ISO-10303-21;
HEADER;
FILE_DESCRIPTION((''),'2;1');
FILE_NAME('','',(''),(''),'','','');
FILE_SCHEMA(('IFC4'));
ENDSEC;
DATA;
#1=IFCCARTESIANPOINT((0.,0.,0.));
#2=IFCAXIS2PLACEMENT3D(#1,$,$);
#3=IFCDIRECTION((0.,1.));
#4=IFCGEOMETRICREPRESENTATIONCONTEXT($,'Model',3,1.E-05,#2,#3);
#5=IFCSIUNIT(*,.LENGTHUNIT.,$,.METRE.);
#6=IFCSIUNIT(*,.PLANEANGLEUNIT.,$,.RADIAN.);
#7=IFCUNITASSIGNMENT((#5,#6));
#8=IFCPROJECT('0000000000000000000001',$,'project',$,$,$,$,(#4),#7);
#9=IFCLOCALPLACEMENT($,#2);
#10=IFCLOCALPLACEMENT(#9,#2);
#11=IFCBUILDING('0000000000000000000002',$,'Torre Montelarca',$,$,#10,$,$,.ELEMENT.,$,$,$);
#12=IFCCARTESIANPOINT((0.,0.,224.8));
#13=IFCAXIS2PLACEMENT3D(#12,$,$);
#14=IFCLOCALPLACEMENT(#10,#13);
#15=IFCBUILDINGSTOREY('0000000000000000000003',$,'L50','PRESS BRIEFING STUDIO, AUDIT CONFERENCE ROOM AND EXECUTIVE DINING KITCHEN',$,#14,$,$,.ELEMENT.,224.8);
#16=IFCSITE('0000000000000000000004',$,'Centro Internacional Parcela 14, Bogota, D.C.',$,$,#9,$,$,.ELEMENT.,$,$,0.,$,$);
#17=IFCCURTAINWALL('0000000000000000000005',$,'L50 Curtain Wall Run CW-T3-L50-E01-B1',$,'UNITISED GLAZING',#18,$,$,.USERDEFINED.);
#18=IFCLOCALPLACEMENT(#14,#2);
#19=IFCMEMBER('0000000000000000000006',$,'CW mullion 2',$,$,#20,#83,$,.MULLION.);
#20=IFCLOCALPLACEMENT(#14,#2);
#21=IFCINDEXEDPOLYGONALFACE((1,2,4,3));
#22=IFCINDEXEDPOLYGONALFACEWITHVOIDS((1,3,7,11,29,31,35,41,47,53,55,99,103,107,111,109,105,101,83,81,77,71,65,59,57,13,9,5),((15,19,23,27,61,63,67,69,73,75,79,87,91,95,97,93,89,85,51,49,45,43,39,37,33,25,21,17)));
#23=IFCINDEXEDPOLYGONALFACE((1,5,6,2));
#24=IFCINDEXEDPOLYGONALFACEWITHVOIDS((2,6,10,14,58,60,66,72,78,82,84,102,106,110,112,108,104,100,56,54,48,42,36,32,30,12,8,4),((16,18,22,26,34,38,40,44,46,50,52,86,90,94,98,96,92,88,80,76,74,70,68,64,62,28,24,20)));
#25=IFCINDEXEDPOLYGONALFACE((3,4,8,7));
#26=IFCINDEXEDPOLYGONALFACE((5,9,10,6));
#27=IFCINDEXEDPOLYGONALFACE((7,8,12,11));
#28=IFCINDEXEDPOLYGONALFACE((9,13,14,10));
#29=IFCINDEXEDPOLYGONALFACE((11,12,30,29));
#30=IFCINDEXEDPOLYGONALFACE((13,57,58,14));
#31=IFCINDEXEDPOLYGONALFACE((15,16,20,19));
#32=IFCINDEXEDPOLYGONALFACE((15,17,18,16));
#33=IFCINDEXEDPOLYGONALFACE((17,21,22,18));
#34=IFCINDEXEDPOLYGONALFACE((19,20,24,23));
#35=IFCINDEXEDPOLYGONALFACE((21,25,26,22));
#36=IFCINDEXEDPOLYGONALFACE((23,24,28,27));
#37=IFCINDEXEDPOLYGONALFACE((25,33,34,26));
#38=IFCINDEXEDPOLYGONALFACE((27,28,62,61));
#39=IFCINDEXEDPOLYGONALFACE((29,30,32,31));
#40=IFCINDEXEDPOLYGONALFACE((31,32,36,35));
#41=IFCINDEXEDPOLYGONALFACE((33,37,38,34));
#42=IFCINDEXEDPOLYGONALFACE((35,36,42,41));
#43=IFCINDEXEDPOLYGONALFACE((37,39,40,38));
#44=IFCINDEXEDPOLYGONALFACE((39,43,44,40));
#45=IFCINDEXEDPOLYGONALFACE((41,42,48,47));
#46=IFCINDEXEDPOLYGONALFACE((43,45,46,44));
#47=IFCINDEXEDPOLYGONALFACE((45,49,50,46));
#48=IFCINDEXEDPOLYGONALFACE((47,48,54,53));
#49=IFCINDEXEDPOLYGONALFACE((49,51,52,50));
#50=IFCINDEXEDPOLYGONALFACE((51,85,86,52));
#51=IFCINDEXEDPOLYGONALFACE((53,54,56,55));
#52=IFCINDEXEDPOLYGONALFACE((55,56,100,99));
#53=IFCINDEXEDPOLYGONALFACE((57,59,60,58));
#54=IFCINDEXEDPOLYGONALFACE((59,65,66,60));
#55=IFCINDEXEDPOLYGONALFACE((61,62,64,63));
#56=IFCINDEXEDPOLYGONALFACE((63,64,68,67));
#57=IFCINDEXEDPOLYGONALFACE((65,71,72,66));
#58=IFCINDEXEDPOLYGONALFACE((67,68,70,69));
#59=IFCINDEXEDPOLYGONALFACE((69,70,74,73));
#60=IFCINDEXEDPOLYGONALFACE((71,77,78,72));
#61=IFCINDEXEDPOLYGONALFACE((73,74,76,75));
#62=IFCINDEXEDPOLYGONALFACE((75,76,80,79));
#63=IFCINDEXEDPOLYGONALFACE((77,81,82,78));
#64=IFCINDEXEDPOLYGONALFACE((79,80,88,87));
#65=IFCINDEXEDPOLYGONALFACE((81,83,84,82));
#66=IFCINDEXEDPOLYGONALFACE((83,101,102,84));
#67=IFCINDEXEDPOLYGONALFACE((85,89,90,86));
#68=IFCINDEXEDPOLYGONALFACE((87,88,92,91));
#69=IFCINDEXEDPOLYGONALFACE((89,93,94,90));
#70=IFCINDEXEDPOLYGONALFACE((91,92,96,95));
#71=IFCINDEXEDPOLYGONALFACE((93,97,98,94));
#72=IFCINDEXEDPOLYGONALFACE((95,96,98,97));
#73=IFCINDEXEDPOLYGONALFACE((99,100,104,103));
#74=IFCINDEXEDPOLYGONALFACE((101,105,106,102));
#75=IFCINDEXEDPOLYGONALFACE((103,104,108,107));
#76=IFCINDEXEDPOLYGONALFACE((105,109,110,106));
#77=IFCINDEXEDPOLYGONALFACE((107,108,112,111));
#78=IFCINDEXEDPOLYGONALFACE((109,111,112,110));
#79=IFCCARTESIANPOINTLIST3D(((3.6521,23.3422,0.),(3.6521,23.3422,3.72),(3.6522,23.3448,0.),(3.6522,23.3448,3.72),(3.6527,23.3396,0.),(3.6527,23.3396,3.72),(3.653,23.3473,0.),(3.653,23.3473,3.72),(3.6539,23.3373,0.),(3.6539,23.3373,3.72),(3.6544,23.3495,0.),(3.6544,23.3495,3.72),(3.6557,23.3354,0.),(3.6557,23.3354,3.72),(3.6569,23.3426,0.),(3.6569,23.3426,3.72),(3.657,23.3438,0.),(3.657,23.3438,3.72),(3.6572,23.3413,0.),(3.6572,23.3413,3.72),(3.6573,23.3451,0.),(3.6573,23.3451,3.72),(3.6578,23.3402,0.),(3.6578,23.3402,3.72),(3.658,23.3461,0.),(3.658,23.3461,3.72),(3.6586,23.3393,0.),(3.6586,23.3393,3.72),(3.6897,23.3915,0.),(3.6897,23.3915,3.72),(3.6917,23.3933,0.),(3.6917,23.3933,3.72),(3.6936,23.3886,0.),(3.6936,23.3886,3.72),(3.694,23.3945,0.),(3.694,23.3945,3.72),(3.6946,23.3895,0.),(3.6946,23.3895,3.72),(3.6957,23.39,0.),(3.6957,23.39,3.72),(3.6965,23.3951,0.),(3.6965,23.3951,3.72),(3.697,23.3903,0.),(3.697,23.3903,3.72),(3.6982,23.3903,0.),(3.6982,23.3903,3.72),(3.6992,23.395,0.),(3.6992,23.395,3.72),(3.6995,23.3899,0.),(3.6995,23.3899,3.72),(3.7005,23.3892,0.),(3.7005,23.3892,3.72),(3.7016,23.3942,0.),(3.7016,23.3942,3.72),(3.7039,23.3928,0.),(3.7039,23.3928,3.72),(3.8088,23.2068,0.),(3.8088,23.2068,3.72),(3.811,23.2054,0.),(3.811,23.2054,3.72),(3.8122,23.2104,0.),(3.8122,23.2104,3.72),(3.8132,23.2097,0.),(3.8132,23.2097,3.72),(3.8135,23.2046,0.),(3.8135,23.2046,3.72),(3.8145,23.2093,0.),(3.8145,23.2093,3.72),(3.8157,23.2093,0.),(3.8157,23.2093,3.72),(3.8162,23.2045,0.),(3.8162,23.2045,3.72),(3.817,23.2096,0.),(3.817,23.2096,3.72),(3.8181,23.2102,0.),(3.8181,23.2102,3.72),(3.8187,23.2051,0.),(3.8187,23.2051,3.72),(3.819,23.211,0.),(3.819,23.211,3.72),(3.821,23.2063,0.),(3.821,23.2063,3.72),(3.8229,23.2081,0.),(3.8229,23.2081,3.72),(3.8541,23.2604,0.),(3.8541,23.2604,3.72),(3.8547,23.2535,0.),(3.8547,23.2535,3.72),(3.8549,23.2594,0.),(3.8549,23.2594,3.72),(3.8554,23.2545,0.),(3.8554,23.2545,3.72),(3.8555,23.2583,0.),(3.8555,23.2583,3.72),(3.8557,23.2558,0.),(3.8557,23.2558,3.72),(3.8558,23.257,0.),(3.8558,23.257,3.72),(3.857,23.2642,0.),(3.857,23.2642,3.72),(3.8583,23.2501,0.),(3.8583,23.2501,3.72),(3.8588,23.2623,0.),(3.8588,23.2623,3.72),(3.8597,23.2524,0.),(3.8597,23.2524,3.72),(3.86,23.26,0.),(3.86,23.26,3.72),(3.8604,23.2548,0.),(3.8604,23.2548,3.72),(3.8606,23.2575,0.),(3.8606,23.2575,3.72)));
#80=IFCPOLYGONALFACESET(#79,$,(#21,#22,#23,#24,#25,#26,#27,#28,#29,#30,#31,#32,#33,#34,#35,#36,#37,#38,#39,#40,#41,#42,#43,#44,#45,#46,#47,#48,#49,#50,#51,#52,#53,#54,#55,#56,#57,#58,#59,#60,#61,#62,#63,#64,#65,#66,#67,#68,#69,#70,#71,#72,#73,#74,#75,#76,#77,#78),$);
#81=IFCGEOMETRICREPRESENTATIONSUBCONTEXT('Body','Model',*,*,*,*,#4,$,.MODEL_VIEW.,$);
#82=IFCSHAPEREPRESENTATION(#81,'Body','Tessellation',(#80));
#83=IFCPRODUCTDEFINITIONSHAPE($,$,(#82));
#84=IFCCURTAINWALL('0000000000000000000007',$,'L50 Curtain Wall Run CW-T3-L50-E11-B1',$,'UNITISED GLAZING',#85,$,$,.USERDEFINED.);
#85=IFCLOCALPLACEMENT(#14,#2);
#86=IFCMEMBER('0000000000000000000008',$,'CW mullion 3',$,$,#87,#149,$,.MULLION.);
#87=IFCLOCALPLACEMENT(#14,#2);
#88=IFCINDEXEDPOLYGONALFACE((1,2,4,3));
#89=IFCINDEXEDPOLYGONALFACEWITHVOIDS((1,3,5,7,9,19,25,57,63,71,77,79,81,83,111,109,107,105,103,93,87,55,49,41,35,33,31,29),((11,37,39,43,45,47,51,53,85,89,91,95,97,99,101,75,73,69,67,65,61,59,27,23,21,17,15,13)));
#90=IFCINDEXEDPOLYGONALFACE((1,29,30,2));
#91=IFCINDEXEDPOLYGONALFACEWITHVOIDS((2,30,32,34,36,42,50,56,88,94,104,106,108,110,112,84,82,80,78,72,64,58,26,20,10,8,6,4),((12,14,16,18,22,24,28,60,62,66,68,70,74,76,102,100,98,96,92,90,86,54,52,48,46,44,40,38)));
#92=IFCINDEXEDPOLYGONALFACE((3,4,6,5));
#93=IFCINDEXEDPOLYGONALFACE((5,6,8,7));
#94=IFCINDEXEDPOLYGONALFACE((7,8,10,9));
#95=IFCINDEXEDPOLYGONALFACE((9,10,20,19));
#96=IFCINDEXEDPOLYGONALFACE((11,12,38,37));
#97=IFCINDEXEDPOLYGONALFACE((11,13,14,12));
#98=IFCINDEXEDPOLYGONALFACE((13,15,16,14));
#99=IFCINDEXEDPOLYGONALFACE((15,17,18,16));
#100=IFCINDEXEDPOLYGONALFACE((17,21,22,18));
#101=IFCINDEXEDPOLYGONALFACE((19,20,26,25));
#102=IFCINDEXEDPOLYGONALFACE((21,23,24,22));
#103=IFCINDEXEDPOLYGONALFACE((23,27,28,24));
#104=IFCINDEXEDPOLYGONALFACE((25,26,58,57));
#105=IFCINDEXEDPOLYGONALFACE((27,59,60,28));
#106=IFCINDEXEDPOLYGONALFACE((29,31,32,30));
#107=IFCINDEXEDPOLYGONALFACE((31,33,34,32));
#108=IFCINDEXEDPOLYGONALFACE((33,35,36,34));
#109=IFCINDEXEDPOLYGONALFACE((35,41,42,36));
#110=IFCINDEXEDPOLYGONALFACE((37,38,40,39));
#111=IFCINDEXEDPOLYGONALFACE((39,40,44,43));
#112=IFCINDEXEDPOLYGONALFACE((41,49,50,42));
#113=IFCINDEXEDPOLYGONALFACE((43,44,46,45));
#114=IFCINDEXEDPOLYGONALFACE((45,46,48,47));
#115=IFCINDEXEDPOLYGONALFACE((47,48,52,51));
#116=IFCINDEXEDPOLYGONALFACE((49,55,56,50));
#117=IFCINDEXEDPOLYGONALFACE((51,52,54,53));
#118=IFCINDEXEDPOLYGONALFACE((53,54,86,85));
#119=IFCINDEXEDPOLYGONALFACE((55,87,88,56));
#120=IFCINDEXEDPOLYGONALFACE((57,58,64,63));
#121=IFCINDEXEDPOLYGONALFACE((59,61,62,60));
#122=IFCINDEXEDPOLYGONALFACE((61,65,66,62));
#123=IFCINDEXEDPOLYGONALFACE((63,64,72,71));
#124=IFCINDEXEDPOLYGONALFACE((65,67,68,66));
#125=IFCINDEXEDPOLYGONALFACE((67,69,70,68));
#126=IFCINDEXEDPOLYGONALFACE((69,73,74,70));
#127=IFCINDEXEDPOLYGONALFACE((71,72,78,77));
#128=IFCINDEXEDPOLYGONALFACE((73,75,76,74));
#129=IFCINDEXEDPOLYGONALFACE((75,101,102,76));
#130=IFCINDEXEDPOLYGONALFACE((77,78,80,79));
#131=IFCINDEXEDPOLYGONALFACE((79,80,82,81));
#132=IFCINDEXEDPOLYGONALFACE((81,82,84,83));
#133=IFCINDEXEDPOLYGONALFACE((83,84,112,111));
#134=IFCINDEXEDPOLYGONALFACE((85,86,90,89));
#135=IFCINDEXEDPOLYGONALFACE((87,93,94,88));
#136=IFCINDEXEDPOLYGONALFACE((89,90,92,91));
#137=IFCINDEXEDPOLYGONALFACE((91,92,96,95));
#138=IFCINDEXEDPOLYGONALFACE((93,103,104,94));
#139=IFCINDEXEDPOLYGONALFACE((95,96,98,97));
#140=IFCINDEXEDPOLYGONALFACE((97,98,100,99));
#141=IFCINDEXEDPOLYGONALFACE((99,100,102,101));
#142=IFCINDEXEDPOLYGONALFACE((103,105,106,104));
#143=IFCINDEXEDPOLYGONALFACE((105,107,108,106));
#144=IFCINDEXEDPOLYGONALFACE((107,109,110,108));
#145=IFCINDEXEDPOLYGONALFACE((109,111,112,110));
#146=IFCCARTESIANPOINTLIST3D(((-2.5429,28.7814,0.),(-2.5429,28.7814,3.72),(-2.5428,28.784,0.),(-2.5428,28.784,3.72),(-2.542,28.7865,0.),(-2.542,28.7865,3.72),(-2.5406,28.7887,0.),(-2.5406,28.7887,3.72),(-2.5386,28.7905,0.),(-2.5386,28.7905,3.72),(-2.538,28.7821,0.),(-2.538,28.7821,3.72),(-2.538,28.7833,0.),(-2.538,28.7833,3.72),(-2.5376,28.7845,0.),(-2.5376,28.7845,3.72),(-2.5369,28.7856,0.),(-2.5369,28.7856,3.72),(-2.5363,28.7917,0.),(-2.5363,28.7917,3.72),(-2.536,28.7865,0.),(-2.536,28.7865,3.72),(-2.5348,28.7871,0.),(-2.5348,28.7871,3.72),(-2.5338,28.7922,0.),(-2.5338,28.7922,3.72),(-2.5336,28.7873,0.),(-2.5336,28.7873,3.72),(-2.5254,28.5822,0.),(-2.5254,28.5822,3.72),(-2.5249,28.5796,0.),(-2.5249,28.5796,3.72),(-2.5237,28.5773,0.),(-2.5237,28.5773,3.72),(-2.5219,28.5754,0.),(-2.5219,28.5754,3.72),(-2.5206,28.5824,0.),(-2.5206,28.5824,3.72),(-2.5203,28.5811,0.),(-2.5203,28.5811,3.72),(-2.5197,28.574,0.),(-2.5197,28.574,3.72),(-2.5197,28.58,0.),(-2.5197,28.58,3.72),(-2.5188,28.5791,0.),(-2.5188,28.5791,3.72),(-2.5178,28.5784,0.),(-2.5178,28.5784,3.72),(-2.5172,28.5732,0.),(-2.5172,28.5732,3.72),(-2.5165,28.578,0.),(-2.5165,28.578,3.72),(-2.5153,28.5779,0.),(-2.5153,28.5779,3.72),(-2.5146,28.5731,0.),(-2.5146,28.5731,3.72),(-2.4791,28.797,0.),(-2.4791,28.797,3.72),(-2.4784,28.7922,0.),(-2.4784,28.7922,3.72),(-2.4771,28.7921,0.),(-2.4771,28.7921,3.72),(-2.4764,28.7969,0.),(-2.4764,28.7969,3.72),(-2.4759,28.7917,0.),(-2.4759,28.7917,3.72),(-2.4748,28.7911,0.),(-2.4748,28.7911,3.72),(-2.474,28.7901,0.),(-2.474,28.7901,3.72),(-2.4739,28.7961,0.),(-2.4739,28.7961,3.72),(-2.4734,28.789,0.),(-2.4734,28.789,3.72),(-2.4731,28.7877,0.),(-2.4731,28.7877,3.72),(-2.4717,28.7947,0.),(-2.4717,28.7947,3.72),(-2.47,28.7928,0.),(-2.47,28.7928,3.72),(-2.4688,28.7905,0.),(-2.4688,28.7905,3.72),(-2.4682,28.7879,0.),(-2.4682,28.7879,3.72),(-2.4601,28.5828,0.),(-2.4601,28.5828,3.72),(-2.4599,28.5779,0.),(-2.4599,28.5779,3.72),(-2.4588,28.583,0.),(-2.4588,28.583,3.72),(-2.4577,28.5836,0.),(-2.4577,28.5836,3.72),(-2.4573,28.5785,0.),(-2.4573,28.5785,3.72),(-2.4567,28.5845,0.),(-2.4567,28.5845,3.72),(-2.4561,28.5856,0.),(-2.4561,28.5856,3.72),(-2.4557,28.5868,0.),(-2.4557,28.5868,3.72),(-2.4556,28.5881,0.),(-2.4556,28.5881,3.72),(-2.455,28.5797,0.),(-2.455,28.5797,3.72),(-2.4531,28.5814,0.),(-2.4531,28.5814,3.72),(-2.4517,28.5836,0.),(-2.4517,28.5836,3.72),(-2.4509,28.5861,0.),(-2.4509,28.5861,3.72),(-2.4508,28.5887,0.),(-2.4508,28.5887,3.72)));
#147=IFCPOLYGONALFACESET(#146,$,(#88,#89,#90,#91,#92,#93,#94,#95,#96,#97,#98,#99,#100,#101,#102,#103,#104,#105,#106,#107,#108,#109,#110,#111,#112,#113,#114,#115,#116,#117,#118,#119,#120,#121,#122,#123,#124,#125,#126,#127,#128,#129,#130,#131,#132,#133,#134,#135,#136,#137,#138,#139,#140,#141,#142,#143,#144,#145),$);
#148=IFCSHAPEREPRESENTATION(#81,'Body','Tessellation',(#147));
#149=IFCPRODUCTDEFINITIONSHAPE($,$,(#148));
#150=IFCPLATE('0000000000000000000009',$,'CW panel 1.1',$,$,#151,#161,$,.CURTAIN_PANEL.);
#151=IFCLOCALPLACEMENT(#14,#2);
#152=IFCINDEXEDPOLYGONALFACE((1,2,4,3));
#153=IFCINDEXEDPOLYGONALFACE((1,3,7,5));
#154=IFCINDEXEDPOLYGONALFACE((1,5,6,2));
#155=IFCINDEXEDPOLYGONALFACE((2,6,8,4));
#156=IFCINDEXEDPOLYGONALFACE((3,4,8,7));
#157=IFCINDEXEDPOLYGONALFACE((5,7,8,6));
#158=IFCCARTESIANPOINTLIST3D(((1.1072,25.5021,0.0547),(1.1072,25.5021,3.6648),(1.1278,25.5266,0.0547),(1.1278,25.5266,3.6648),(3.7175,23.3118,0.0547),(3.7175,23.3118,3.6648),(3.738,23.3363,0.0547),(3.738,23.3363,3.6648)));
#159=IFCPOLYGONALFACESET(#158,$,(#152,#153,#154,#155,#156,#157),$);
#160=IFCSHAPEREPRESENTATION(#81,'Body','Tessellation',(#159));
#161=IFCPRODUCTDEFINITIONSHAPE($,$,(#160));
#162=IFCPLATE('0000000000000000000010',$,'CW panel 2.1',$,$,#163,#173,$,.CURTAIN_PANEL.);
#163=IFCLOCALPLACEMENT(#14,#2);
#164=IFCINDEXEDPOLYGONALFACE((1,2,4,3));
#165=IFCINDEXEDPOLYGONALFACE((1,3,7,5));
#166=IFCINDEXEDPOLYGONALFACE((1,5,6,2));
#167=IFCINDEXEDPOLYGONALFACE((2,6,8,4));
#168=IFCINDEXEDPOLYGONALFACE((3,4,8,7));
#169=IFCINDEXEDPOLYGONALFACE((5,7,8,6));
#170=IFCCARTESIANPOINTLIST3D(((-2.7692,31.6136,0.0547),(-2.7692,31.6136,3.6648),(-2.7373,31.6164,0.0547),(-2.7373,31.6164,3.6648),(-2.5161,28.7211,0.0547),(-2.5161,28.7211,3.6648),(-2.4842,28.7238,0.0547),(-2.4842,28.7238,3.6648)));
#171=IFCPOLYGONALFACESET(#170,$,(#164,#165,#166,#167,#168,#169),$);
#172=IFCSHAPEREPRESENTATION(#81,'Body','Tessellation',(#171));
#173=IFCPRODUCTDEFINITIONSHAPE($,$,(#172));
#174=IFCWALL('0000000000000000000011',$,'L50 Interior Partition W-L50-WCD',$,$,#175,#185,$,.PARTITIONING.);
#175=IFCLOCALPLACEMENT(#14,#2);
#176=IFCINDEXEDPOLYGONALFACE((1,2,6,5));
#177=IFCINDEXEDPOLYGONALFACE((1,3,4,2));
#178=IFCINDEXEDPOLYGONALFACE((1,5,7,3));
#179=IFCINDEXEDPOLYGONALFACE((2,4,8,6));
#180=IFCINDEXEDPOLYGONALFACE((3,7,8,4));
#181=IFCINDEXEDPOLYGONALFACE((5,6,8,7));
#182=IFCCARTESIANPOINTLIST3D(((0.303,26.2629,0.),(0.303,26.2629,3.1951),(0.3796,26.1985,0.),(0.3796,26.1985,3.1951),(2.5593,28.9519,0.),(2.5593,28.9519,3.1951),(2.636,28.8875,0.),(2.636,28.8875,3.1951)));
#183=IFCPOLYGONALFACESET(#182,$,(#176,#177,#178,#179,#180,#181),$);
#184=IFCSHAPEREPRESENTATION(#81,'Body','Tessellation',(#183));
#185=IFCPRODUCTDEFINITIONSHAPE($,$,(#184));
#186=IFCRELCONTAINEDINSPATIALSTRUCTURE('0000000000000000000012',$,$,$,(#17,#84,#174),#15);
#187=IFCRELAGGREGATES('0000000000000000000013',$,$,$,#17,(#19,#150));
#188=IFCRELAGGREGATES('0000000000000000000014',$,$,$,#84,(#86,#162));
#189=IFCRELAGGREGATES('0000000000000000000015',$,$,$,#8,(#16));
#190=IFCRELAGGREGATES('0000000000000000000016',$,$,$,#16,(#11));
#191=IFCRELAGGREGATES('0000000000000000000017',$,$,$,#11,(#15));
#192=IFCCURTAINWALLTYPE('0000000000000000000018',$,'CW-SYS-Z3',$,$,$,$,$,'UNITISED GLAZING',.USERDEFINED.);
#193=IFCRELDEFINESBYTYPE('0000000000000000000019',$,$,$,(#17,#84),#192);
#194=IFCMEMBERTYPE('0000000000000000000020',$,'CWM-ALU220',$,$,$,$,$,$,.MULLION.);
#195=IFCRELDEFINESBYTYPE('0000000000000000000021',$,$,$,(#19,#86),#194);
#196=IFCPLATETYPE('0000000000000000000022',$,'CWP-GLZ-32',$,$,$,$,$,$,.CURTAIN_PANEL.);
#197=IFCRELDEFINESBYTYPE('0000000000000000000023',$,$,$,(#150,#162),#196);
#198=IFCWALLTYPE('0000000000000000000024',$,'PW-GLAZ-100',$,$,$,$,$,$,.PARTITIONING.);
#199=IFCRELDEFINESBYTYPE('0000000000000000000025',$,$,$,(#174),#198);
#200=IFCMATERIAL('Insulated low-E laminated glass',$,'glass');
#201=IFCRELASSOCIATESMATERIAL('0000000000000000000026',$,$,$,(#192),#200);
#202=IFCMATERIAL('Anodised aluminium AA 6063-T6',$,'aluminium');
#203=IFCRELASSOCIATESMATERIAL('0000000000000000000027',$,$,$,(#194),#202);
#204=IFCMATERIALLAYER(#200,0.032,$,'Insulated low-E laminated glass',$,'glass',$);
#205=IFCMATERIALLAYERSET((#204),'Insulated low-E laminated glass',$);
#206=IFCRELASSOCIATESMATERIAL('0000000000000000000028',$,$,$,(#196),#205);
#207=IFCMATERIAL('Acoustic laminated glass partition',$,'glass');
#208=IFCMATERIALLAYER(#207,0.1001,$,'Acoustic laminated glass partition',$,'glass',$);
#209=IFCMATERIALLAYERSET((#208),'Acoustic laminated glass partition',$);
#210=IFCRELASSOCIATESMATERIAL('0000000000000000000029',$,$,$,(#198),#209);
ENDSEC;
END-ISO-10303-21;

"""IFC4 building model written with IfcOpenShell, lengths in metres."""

from ifc_helpers import new_model, si_unit, direction, frame, frame_2d, origin, origin_2d, place, context, subcontext, project, spatial, rectangle, hollow_rectangle, extrude, source, transform, mapped, material, layer, layer_set, material_profile, profile_set, type_object, element, aggregate, save


model = new_model("IFC4")

# Units and contexts
model_context = context("Model", 3, precision=1e-05, world=origin(), true_north=direction((0.0, 1.0)))
body_context = subcontext(model_context, "Body", "Model", "MODEL_VIEW")
ifc_project = project(units=[si_unit("LENGTHUNIT", "METRE"), si_unit("PLANEANGLEUNIT", "RADIAN")], contexts=[model_context])

# Site, building, storey
site_placement = place(None, origin())
site = spatial("IfcSite", under=ifc_project, at=site_placement, Name="Centro Internacional Parcela 14, Bogota, D.C.", CompositionType="ELEMENT", RefElevation=0.0)
building_placement = place(site_placement, origin())
building = spatial("IfcBuilding", under=site, at=building_placement, Name="Torre Montelarca", CompositionType="ELEMENT")
storey_placement = place(building_placement, frame((0.0, 0.0, 224.8)))
storey = spatial("IfcBuildingStorey", under=building, at=storey_placement, Name="L50", Description="PRESS BRIEFING STUDIO, AUDIT CONFERENCE ROOM AND EXECUTIVE DINING KITCHEN", CompositionType="ELEMENT", Elevation=224.8)

# Curtain wall, member
ifc_material_1 = material(Name="Insulated low-E laminated glass", Category="glass")
curtain_wall_type = type_object("IfcCurtainWallType", Name="CW-SYS-Z3", ElementType="UNITISED GLAZING", PredefinedType="USERDEFINED", material=ifc_material_1)
curtain_wall_1_placement = place(storey_placement, origin())
curtain_wall_1 = element("IfcCurtainWall", 1, at=curtain_wall_1_placement, inside=storey, type_object=curtain_wall_type, Name="L50 Curtain Wall Run CW-T3-L50-E01-B1", ObjectType="UNITISED GLAZING", PredefinedType="USERDEFINED")
ifc_material_2 = material(Name="Anodised aluminium AA 6063-T6", Category="aluminium")
ifc_material_profile_1 = material_profile(ifc_material_2, hollow_rectangle(XDim=0.075, YDim=0.22, WallThickness=0.0049, InnerFilletRadius=0.0049, OuterFilletRadius=0.01, at=origin_2d()), Name="ALU75X220X5", Category="aluminium")
ifc_profile_set_1 = profile_set([ifc_material_profile_1], Name="Anodised aluminium AA 6063-T6")
member_type_1 = type_object("IfcMemberType", Name="CWM-ALU220", PredefinedType="MULLION", material=ifc_profile_set_1)
shared_shape_1 = source(origin(), body_context, "Body", "SweptSolid", [
    extrude(hollow_rectangle(XDim=0.075, YDim=0.22, WallThickness=0.0049, InnerFilletRadius=0.0049, OuterFilletRadius=0.01, at=origin_2d()), origin(), (0.0, 0.0, 1.0), 3.72),
])
member_1_placement = place(storey_placement, frame((3.7563, 23.2998, 0.0), z_axis=(0.0, 0.0, 1.0), x_axis=(0.642789, 0.766043, 0.0)))
member_1 = element("IfcMember", 2, at=member_1_placement, type_object=member_type_1, Name="CW mullion 2", PredefinedType="MULLION", context=body_context, shape_type="MappedRepresentation", body=[
    mapped(shared_shape_1, transform((0.0, 0.0, 0.0), scale=1.0)),
])

# Curtain wall, member
curtain_wall_2_placement = place(storey_placement, origin())
curtain_wall_2 = element("IfcCurtainWall", 3, at=curtain_wall_2_placement, inside=storey, type_object=curtain_wall_type, Name="L50 Curtain Wall Run CW-T3-L50-E11-B1", ObjectType="UNITISED GLAZING", PredefinedType="USERDEFINED")
member_2_placement = place(storey_placement, frame((-2.4968, 28.6851, 0.0), z_axis=(0.0, 0.0, 1.0), x_axis=(0.996194, 0.087166, 0.0)))
member_2 = element("IfcMember", 4, at=member_2_placement, type_object=member_type_1, Name="CW mullion 3", PredefinedType="MULLION", context=body_context, shape_type="MappedRepresentation", body=[
    mapped(shared_shape_1, transform((0.0, 0.0, 0.0), scale=1.0)),
])

# Plates
ifc_layer_1 = layer(ifc_material_1, 0.032, Name="Insulated low-E laminated glass", Category="glass")
ifc_layer_set_1 = layer_set([ifc_layer_1], Name="Insulated low-E laminated glass")
plate_type = type_object("IfcPlateType", Name="CWP-GLZ-32", PredefinedType="CURTAIN_PANEL", material=ifc_layer_set_1)
shared_shape_2 = source(origin(), body_context, "Body", "SweptSolid", [
    extrude(rectangle(XDim=3.4075, YDim=0.032, at=origin_2d()), origin(), (0.0, 0.0, 1.0), 3.6101),
])
plate_1_placement = place(storey_placement, frame((2.4226, 24.4192, 0.0547), z_axis=(0.0, 0.0, 1.0), x_axis=(0.766043, -0.642789, 0.0)))
plate_1 = element("IfcPlate", 5, at=plate_1_placement, type_object=plate_type, Name="CW panel 1.1", PredefinedType="CURTAIN_PANEL", context=body_context, shape_type="MappedRepresentation", body=[
    mapped(shared_shape_2, transform((0.0, 0.0, 0.0), scale=1.0)),
])
aggregate(curtain_wall_1, [member_1, plate_1])
shared_shape_3 = source(origin(), body_context, "Body", "SweptSolid", [
    extrude(rectangle(XDim=2.9036, YDim=0.032, at=origin_2d()), origin(), (0.0, 0.0, 1.0), 3.6101),
])
plate_2_placement = place(storey_placement, frame((-2.6267, 30.1687, 0.0547), z_axis=(0.0, 0.0, 1.0), x_axis=(0.087166, -0.996194, 0.0)))
plate_2 = element("IfcPlate", 6, at=plate_2_placement, type_object=plate_type, Name="CW panel 2.1", PredefinedType="CURTAIN_PANEL", context=body_context, shape_type="MappedRepresentation", body=[
    mapped(shared_shape_3, transform((0.0, 0.0, 0.0), scale=1.0)),
])
aggregate(curtain_wall_2, [member_2, plate_2])

# Wall
ifc_material_3 = material(Name="Acoustic laminated glass partition", Category="glass")
ifc_layer_2 = layer(ifc_material_3, 0.1001, Name="Acoustic laminated glass partition", Category="glass")
ifc_layer_set_2 = layer_set([ifc_layer_2], Name="Acoustic laminated glass partition")
wall_type_1 = type_object("IfcWallType", Name="PW-GLAZ-100", PredefinedType="PARTITIONING", material=ifc_layer_set_2)
wall_1_placement = place(storey_placement, frame((0.3413, 26.2307, 0.0), z_axis=(0.0, 0.0, 1.0), x_axis=(0.642794, 0.766039, 0.0)))
element("IfcWall", 7, at=wall_1_placement, inside=storey, type_object=wall_type_1, Name="L50 Interior Partition W-L50-WCD", PredefinedType="PARTITIONING", context=body_context, shape_type="SweptSolid", body=[
    extrude(rectangle(XDim=3.5103, YDim=0.1001, at=frame_2d((1.7551, 0.0))), origin(), (0.0, 0.0, 1.0), 3.1951),
])

save(model, "model.ifc")
